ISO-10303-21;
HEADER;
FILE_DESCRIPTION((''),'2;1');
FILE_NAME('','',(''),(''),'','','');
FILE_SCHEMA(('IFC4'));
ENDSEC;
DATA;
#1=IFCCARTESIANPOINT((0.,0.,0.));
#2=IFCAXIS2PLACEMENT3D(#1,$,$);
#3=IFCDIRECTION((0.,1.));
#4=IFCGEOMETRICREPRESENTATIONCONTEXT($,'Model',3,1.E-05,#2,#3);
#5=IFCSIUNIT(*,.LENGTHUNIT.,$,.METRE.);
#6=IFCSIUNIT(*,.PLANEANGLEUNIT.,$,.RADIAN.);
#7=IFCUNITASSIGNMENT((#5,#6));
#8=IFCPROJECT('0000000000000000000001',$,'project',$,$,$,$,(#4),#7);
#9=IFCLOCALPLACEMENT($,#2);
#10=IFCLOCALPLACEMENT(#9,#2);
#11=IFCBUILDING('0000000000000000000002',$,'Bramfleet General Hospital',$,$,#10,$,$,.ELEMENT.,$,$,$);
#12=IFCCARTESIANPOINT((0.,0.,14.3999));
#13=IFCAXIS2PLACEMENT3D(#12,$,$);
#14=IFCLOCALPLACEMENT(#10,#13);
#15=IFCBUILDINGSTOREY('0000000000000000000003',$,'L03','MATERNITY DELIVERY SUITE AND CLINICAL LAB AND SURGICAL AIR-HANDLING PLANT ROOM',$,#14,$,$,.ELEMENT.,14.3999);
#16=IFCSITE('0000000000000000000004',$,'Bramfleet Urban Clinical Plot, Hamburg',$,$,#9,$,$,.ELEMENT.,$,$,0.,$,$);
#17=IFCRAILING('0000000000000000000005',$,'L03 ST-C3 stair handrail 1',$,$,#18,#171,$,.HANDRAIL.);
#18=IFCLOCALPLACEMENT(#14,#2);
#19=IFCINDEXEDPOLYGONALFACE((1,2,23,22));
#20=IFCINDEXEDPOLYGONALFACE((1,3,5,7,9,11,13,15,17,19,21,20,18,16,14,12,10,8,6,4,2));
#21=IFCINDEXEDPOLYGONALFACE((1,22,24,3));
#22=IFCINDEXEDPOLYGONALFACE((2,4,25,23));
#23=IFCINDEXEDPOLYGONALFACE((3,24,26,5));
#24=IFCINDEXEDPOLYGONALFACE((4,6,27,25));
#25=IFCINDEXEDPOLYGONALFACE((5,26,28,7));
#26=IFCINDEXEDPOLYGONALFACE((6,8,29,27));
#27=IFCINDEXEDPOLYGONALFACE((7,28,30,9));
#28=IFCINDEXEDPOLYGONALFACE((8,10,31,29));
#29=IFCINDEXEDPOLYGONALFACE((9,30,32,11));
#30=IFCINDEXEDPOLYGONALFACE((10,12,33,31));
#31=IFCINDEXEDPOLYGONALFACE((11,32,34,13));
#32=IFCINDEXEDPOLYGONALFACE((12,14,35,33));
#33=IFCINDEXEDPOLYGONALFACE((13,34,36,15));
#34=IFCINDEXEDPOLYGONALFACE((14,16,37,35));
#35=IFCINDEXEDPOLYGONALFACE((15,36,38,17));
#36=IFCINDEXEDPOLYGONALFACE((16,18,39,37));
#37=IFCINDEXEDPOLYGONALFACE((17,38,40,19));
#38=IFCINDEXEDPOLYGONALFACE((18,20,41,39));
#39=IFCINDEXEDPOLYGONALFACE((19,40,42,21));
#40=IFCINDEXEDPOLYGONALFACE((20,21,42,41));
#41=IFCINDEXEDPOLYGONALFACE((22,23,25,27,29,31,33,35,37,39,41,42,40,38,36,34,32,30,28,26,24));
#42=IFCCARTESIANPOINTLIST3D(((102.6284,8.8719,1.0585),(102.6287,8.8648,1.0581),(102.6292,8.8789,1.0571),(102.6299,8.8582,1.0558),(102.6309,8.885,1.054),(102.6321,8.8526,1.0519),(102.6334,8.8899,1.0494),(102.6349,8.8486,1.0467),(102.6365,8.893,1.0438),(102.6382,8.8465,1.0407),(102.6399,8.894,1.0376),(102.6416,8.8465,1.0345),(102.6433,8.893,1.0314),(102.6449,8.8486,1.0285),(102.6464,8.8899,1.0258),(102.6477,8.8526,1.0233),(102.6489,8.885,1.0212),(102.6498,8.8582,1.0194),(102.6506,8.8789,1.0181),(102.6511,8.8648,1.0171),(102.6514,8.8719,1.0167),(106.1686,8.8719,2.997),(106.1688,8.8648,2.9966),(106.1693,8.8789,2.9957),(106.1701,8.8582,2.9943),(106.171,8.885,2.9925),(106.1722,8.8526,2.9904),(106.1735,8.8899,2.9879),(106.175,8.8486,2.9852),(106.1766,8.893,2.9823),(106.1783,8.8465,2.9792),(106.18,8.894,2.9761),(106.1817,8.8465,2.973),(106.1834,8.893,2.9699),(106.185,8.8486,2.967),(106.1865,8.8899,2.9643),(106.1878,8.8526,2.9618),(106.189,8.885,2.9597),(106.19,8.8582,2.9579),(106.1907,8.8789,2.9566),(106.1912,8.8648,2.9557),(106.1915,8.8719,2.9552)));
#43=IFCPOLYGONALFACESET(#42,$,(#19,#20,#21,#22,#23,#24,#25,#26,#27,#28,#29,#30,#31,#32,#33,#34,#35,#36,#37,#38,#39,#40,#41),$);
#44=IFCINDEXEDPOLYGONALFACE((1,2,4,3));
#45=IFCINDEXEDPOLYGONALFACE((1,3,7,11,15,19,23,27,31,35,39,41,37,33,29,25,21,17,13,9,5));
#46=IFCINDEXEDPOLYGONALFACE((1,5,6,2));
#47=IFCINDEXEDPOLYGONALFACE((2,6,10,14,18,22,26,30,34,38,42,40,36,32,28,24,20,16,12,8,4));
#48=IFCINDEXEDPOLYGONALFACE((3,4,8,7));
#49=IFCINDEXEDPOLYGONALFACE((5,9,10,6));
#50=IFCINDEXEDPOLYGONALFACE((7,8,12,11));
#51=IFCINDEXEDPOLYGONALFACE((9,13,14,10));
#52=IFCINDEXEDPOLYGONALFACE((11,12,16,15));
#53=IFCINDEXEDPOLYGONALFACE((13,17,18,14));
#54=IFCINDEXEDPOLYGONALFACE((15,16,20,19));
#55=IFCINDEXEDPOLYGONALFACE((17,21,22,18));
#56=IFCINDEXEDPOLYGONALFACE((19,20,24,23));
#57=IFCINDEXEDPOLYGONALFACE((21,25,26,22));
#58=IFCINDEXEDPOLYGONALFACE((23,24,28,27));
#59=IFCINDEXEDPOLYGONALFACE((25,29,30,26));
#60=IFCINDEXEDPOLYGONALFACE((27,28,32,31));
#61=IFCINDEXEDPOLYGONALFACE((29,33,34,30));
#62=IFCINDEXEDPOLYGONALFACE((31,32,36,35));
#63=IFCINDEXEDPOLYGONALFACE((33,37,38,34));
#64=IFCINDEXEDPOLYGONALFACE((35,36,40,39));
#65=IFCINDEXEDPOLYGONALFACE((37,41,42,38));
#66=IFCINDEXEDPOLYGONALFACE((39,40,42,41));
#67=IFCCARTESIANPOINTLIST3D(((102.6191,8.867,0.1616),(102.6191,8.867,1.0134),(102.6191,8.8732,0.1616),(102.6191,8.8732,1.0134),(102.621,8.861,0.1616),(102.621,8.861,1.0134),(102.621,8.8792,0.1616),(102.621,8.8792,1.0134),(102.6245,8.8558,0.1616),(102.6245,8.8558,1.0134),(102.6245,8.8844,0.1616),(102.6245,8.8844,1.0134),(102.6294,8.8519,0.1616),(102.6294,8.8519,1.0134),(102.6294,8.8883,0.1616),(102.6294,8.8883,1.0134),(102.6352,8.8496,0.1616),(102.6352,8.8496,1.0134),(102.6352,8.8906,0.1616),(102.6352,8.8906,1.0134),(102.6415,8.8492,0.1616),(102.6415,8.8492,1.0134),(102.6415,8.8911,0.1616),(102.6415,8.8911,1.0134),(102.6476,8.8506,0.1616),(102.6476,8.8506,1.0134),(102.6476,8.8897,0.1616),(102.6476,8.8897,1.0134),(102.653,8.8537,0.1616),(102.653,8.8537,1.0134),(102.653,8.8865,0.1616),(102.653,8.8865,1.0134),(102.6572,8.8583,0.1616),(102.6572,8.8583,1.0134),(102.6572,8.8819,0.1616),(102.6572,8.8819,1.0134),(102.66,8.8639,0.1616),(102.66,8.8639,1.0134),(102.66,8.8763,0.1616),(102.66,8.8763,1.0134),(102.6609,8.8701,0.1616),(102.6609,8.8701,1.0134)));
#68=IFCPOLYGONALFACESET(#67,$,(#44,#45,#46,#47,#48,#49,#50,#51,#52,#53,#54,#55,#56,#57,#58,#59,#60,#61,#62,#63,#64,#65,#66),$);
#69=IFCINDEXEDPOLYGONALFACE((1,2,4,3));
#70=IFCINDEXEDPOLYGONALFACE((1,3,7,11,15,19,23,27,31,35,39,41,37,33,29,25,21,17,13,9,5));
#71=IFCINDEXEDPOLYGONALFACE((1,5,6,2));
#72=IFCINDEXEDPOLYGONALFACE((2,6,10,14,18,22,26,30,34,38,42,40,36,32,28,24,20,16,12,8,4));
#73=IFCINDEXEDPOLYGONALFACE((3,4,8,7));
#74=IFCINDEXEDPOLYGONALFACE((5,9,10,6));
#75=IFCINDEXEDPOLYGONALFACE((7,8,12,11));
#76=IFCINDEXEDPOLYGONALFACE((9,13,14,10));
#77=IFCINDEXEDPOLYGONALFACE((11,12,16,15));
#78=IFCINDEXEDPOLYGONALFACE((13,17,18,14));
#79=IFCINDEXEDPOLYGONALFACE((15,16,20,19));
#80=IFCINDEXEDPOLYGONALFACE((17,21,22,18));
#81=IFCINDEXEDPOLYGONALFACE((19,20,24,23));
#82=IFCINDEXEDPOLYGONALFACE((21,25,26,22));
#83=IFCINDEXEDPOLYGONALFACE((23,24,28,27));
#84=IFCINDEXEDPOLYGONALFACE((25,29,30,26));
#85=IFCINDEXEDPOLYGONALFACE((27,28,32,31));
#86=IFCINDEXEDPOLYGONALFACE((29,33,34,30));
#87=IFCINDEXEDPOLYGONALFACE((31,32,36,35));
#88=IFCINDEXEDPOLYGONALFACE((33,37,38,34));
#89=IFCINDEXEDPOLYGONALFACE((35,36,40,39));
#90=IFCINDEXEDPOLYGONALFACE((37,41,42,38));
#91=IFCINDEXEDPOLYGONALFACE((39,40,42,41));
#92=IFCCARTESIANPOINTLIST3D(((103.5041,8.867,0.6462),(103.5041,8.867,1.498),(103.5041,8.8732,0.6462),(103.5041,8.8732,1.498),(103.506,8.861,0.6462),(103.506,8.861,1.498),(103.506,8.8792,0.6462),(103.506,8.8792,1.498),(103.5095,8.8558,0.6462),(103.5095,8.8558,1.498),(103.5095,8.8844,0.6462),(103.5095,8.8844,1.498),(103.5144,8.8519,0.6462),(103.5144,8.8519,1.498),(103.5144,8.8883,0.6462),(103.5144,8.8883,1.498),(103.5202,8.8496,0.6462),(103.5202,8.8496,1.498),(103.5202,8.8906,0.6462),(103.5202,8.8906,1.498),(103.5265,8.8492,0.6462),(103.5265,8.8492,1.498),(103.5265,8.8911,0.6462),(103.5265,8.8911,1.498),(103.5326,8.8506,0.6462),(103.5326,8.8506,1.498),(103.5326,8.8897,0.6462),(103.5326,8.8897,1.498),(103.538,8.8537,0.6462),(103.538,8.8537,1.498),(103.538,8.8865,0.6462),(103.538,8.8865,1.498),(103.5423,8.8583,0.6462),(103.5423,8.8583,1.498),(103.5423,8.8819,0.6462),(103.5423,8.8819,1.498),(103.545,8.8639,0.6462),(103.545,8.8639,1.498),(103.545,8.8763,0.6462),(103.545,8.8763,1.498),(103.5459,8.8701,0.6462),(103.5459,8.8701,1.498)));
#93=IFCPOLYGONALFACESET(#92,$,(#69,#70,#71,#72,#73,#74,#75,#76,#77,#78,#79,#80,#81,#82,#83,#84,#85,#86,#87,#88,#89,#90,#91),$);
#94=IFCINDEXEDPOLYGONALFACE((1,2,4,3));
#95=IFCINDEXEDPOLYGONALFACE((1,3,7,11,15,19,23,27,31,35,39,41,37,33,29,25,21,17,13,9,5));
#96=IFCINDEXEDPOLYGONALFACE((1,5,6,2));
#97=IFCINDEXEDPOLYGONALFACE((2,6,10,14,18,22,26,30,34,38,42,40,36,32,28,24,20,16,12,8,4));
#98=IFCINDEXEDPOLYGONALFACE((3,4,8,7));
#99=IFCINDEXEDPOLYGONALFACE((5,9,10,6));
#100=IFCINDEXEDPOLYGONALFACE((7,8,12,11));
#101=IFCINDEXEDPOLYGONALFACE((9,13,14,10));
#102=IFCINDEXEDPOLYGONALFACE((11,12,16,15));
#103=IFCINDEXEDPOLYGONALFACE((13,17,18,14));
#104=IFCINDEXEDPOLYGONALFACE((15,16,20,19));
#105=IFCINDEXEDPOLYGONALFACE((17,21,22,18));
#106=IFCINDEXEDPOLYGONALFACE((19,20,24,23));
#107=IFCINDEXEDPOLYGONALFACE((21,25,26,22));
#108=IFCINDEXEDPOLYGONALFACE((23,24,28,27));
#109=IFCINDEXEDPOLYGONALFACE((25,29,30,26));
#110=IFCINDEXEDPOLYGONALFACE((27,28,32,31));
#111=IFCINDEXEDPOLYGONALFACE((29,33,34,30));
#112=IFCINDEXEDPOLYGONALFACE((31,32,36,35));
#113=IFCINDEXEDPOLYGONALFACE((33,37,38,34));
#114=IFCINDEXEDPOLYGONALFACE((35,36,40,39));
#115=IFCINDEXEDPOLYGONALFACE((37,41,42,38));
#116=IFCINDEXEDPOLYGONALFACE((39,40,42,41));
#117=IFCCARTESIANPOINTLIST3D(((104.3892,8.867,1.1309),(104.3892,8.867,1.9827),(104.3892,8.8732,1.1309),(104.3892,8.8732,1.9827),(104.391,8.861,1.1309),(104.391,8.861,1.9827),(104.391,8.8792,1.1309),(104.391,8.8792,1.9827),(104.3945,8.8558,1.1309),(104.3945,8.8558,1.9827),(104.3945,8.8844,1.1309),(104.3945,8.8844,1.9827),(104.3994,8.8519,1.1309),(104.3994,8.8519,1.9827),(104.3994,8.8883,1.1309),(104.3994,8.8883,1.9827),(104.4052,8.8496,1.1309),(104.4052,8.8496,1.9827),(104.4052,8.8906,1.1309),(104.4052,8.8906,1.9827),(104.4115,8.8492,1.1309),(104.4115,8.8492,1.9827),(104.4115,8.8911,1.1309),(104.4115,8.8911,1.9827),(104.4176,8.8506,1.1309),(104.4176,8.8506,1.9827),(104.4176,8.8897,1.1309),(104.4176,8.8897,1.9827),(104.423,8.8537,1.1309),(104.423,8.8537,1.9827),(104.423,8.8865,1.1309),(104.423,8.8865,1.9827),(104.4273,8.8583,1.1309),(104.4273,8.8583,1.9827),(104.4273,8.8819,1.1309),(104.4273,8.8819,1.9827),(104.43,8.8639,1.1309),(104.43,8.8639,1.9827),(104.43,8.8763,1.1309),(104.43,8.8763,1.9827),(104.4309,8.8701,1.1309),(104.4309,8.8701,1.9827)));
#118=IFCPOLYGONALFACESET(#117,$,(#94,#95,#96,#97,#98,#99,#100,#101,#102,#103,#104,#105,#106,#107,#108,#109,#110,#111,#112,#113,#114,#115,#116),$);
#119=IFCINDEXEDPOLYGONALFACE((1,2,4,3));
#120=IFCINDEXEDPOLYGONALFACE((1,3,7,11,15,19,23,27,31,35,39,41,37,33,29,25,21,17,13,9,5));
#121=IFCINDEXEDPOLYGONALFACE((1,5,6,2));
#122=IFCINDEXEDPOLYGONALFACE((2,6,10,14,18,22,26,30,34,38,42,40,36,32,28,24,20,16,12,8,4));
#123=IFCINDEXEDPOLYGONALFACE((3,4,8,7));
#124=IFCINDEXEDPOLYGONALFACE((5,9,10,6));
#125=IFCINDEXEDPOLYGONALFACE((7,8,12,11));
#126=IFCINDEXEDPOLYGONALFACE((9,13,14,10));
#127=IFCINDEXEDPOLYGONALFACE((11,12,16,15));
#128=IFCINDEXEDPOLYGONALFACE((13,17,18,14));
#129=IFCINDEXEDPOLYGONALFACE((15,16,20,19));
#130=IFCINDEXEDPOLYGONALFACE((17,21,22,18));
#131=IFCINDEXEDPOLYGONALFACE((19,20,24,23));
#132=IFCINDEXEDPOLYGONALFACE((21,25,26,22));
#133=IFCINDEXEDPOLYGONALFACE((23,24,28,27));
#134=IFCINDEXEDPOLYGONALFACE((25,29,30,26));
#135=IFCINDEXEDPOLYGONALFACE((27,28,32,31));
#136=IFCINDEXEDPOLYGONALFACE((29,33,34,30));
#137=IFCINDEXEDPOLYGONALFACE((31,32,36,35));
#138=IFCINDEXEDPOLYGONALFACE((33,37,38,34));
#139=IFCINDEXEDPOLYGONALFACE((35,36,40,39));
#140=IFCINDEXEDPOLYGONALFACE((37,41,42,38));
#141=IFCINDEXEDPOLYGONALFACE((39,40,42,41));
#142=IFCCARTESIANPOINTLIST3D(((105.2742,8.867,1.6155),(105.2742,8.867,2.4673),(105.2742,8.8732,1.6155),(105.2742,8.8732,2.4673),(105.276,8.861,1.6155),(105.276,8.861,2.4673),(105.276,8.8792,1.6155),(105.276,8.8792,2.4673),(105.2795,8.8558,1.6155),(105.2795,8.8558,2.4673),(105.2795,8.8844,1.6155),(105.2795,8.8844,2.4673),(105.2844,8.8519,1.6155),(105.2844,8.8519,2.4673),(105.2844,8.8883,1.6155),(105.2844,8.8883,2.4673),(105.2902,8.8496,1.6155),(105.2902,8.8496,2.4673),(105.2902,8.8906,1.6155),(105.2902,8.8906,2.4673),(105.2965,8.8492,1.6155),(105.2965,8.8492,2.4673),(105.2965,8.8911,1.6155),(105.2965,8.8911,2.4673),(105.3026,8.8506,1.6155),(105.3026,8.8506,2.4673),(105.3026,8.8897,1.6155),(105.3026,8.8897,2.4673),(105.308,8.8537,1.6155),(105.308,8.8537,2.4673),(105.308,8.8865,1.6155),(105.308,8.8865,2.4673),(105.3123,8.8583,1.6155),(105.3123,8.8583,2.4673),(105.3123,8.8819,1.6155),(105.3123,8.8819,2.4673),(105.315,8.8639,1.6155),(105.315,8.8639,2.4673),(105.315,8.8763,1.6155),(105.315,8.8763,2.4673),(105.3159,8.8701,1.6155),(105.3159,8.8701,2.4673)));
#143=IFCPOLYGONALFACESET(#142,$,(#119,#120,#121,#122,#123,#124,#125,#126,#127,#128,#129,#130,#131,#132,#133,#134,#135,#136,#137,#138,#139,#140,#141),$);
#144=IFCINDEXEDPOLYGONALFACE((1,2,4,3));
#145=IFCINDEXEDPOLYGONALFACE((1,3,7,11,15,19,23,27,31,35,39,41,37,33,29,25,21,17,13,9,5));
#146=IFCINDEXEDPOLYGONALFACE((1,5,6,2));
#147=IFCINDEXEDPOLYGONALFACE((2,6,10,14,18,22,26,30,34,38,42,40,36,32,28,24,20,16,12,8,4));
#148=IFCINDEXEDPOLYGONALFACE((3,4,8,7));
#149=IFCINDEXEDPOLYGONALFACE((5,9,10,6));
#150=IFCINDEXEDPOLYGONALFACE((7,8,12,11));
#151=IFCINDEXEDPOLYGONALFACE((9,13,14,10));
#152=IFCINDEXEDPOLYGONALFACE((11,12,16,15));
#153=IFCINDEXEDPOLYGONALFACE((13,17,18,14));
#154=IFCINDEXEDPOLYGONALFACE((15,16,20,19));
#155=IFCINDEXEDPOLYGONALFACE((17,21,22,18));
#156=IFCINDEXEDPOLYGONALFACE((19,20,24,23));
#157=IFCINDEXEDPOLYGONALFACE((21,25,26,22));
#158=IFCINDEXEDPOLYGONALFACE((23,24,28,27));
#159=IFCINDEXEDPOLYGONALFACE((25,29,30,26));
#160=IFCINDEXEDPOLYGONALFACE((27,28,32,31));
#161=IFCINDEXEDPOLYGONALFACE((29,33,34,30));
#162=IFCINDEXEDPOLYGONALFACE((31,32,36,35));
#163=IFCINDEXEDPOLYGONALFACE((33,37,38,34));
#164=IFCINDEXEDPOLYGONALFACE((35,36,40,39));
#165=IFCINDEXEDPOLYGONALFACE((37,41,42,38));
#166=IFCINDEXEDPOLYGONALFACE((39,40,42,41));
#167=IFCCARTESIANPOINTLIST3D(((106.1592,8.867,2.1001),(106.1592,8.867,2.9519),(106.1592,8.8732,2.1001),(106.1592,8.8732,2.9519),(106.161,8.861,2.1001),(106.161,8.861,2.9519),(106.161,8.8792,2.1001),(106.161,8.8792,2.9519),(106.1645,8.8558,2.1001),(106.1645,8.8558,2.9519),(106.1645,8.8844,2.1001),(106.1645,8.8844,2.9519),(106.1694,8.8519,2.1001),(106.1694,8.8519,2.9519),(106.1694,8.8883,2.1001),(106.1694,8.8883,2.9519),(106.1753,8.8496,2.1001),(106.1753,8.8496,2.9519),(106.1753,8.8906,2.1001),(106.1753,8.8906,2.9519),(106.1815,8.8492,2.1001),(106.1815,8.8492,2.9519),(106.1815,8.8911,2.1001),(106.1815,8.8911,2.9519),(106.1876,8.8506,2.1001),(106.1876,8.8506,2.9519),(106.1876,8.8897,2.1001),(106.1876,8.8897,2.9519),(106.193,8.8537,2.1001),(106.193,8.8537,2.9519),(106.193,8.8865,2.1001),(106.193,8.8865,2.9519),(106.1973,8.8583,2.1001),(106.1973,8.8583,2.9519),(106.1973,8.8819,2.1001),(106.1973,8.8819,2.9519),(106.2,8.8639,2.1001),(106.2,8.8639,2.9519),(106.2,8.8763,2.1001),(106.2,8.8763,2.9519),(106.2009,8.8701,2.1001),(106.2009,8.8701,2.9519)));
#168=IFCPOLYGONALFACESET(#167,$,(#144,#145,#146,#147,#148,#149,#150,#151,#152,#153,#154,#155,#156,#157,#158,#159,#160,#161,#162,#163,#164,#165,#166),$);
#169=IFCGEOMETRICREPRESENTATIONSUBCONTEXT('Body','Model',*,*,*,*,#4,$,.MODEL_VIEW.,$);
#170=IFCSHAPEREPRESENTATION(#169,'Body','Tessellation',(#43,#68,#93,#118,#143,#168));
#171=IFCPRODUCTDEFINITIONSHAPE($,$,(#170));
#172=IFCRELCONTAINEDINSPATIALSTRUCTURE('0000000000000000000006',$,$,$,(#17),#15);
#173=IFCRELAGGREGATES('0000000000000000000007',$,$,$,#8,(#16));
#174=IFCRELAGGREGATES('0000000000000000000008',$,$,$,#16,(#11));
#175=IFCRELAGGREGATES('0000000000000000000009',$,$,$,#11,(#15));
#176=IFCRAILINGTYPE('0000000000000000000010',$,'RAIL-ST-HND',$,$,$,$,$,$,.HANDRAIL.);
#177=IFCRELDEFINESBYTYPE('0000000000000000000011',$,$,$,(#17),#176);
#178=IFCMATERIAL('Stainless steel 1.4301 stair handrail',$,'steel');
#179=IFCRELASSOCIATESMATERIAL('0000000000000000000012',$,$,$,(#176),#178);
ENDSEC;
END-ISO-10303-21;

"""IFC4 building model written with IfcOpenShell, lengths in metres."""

from ifc_helpers import new_model, si_unit, direction, frame, origin, origin_2d, place, context, subcontext, project, spatial, circle, extrude, material, type_object, element, save


model = new_model("IFC4")

# Units and contexts
model_context = context("Model", 3, precision=1e-05, world=origin(), true_north=direction((0.0, 1.0)))
body_context = subcontext(model_context, "Body", "Model", "MODEL_VIEW")
ifc_project = project(units=[si_unit("LENGTHUNIT", "METRE"), si_unit("PLANEANGLEUNIT", "RADIAN")], contexts=[model_context])

# Site, building, storey
site_placement = place(None, origin())
site = spatial("IfcSite", under=ifc_project, at=site_placement, Name="Bramfleet Urban Clinical Plot, Hamburg", CompositionType="ELEMENT", RefElevation=0.0)
building_placement = place(site_placement, origin())
building = spatial("IfcBuilding", under=site, at=building_placement, Name="Bramfleet General Hospital", CompositionType="ELEMENT")
storey_placement = place(building_placement, frame((0.0, 0.0, 14.3999)))
storey = spatial("IfcBuildingStorey", under=building, at=storey_placement, Name="L03", Description="MATERNITY DELIVERY SUITE AND CLINICAL LAB AND SURGICAL AIR-HANDLING PLANT ROOM", CompositionType="ELEMENT", Elevation=14.3999)

# Railing
ifc_material_1 = material(Name="Stainless steel 1.4301 stair handrail", Category="steel")
railing_type_1 = type_object("IfcRailingType", Name="RAIL-ST-HND", PredefinedType="HANDRAIL", material=ifc_material_1)
railing_1_placement = place(storey_placement, frame((102.6399, 8.8701, 0.1616)))
element("IfcRailing", 1, at=railing_1_placement, inside=storey, type_object=railing_type_1, Name="L03 ST-C3 stair handrail 1", PredefinedType="HANDRAIL", context=body_context, shape_type="SweptSolid", body=[
    extrude(circle(Radius=0.0239, at=origin_2d()), frame((0.0, 0.0, 0.876), z_axis=(0.877108, 0.0, 0.480292), x_axis=(0.0, 1.0, 0.0)), (0.0, 0.0, 1.0), 4.0361),
    extrude(circle(Radius=0.021, at=origin_2d()), origin(), (0.0, 0.0, 1.0), 0.8518),
    extrude(circle(Radius=0.021, at=origin_2d()), frame((0.885, 0.0, 0.4846)), (0.0, 0.0, 1.0), 0.8518),
    extrude(circle(Radius=0.021, at=origin_2d()), frame((1.77, 0.0, 0.9692)), (0.0, 0.0, 1.0), 0.8518),
    extrude(circle(Radius=0.021, at=origin_2d()), frame((2.655, 0.0, 1.4539)), (0.0, 0.0, 1.0), 0.8518),
    extrude(circle(Radius=0.021, at=origin_2d()), frame((3.54, 0.0, 1.9385)), (0.0, 0.0, 1.0), 0.8518),
])

save(model, "model.ifc")
